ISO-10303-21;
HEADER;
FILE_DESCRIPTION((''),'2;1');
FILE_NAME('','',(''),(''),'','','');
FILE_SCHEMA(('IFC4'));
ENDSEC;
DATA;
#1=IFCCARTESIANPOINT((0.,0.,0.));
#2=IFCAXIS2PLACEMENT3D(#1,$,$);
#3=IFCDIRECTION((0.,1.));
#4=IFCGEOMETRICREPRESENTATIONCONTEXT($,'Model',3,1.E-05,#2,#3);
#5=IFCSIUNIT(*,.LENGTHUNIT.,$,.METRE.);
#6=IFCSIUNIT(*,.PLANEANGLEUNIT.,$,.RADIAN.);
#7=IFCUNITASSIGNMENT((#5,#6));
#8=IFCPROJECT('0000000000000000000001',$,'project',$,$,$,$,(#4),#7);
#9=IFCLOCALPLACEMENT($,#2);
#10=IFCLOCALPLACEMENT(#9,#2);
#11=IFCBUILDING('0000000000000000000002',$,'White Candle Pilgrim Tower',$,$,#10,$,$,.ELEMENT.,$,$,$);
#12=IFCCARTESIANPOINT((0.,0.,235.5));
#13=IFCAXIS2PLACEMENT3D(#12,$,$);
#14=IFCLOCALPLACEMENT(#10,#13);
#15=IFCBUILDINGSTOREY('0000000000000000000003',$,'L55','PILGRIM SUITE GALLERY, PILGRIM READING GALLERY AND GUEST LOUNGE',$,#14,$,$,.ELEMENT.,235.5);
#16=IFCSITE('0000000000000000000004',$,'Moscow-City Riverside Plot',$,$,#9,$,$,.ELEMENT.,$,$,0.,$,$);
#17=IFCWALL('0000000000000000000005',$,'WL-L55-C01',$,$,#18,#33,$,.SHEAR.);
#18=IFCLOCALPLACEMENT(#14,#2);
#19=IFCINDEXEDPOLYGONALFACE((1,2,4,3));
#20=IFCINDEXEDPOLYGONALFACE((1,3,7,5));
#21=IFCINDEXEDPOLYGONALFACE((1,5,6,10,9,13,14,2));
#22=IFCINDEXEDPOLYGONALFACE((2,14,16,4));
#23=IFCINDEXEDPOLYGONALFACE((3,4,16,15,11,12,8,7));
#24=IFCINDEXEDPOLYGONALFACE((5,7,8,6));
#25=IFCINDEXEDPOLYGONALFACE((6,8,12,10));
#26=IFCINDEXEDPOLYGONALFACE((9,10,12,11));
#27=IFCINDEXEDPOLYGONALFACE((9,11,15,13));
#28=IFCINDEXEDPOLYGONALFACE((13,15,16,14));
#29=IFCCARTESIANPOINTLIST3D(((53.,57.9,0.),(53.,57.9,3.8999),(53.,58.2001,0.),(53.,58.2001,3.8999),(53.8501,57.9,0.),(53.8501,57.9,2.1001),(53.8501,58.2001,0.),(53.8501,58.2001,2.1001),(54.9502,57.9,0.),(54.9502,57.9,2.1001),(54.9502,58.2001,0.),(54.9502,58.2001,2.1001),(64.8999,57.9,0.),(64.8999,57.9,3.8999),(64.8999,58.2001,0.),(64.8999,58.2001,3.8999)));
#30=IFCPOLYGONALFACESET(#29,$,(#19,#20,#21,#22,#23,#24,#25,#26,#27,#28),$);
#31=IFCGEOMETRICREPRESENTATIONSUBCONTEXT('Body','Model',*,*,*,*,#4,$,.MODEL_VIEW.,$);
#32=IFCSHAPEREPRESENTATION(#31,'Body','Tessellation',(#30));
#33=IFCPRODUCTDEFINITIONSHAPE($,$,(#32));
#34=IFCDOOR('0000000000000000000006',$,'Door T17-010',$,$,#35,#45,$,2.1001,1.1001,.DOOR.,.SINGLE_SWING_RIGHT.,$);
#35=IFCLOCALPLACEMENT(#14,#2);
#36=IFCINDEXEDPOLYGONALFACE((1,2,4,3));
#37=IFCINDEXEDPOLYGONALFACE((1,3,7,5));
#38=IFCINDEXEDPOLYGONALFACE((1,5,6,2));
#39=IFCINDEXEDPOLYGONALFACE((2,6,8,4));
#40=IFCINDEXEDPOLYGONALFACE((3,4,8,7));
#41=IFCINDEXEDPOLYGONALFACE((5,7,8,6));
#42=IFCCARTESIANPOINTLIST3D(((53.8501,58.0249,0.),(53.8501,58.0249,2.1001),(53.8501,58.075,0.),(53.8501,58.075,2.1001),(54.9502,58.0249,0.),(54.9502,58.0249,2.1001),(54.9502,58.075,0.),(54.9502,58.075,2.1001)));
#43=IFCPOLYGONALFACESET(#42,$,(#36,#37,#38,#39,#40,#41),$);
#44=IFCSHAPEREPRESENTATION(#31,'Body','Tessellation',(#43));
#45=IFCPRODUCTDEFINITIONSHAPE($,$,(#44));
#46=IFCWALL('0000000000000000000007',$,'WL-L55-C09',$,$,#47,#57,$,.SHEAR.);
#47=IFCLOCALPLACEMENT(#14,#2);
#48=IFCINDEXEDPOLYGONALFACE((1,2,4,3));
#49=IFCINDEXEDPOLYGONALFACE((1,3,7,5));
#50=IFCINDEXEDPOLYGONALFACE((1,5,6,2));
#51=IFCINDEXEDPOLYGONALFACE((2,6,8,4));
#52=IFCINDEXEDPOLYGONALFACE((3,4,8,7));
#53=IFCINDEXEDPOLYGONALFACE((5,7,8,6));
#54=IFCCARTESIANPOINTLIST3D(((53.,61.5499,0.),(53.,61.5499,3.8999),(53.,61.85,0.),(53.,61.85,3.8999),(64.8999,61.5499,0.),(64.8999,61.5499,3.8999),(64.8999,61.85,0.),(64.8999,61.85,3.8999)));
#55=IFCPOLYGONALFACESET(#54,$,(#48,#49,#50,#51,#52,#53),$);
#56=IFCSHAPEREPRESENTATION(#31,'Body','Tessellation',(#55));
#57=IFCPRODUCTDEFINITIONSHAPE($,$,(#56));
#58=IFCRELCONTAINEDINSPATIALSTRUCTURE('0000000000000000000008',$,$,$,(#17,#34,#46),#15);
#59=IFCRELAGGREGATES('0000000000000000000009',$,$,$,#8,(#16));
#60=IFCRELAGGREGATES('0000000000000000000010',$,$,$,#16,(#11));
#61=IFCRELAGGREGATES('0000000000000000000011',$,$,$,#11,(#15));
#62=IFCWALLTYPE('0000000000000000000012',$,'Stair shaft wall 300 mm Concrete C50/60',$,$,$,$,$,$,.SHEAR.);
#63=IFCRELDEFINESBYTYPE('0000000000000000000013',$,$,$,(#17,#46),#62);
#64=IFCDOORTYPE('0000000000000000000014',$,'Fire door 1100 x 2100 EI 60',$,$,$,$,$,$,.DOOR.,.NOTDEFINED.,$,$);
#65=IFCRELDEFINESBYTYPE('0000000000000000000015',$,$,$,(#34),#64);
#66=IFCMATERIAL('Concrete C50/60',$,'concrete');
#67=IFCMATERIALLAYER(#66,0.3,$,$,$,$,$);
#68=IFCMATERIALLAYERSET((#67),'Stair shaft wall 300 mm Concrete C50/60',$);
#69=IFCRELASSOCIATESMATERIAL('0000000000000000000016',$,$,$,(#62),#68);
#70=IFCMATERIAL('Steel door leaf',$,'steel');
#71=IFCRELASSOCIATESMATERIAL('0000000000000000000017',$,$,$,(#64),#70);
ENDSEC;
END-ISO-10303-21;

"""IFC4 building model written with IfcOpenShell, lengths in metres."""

from ifc_helpers import new_model, si_unit, direction, frame, frame_2d, origin, place, context, subcontext, project, spatial, rectangle, extrude, material, layer, layer_set, type_object, element, fill, save


model = new_model("IFC4")

# Units and contexts
model_context = context("Model", 3, precision=1e-05, world=origin(), true_north=direction((0.0, 1.0)))
body_context = subcontext(model_context, "Body", "Model", "MODEL_VIEW")
ifc_project = project(units=[si_unit("LENGTHUNIT", "METRE"), si_unit("PLANEANGLEUNIT", "RADIAN")], contexts=[model_context])

# Site, building, storey
site_placement = place(None, origin())
site = spatial("IfcSite", under=ifc_project, at=site_placement, Name="Moscow-City Riverside Plot", CompositionType="ELEMENT", RefElevation=0.0)
building_placement = place(site_placement, origin())
building = spatial("IfcBuilding", under=site, at=building_placement, Name="White Candle Pilgrim Tower", CompositionType="ELEMENT")
storey_placement = place(building_placement, frame((0.0, 0.0, 235.5)))
storey = spatial("IfcBuildingStorey", under=building, at=storey_placement, Name="L55", Description="PILGRIM SUITE GALLERY, PILGRIM READING GALLERY AND GUEST LOUNGE", CompositionType="ELEMENT", Elevation=235.5)

# Shared definitions
ifc_material_1 = material(Name="Concrete C50/60", Category="concrete")

# Shared definitions
ifc_material_2 = material(Name="Steel door leaf", Category="steel")

# Wall, opening, door
ifc_layer_1 = layer(ifc_material_1, 0.3)
ifc_layer_set_1 = layer_set([ifc_layer_1], Name="Stair shaft wall 300 mm Concrete C50/60")
wall_type_1 = type_object("IfcWallType", Name="Stair shaft wall 300 mm Concrete C50/60", PredefinedType="SHEAR", material=ifc_layer_set_1)
wall_1_placement = place(storey_placement, frame((53.0, 58.05, 0.0), z_axis=(0.0, 0.0, 1.0), x_axis=(1.0, 0.0, 0.0)))
wall_1 = element("IfcWall", 1, at=wall_1_placement, inside=storey, type_object=wall_type_1, Name="WL-L55-C01", PredefinedType="SHEAR", context=body_context, shape_type="SweptSolid", body=[
    extrude(rectangle(XDim=11.8999, YDim=0.3, at=frame_2d((5.95, 0.0))), origin(), (0.0, 0.0, 1.0), 3.8999),
])
opening_1_placement = place(wall_1_placement, frame((0.8501, 0.0, 0.0)))
opening_1 = element("IfcOpeningElement", 2, at=opening_1_placement, cuts=wall_1, PredefinedType="OPENING", context=body_context, shape_type="SweptSolid", body=[
    extrude(rectangle(XDim=1.1001, YDim=2.1001, at=frame_2d((0.55, 1.05))), frame((0.0, 0.1599, 0.0), z_axis=(0.0, -1.0, 0.0), x_axis=(1.0, 0.0, 0.0)), (0.0, 0.0, 1.0), 0.3201),
])
door_type_1 = type_object("IfcDoorType", Name="Fire door 1100 x 2100 EI 60", OperationType="NOTDEFINED", PredefinedType="DOOR", material=ifc_material_2)
door_1_placement = place(opening_1_placement, origin())
door_1 = element("IfcDoor", 3, at=door_1_placement, inside=storey, type_object=door_type_1, Name="Door T17-010", OperationType="SINGLE_SWING_RIGHT", OverallHeight=2.1001, OverallWidth=1.1001, PredefinedType="DOOR", context=body_context, shape_type="SweptSolid", body=[
    extrude(rectangle(XDim=1.1001, YDim=2.1001, at=frame_2d((0.55, 1.05))), frame((0.0, 0.0249, 0.0), z_axis=(0.0, -1.0, 0.0), x_axis=(1.0, 0.0, 0.0)), (0.0, 0.0, 1.0), 0.05),
])
fill(opening_1, door_1)

# Wall
wall_2_placement = place(storey_placement, frame((53.0, 61.7, 0.0), z_axis=(0.0, 0.0, 1.0), x_axis=(1.0, 0.0, 0.0)))
element("IfcWall", 4, at=wall_2_placement, inside=storey, type_object=wall_type_1, Name="WL-L55-C09", PredefinedType="SHEAR", context=body_context, shape_type="SweptSolid", body=[
    extrude(rectangle(XDim=11.8999, YDim=0.3, at=frame_2d((5.95, 0.0))), origin(), (0.0, 0.0, 1.0), 3.8999),
])

save(model, "model.ifc")
